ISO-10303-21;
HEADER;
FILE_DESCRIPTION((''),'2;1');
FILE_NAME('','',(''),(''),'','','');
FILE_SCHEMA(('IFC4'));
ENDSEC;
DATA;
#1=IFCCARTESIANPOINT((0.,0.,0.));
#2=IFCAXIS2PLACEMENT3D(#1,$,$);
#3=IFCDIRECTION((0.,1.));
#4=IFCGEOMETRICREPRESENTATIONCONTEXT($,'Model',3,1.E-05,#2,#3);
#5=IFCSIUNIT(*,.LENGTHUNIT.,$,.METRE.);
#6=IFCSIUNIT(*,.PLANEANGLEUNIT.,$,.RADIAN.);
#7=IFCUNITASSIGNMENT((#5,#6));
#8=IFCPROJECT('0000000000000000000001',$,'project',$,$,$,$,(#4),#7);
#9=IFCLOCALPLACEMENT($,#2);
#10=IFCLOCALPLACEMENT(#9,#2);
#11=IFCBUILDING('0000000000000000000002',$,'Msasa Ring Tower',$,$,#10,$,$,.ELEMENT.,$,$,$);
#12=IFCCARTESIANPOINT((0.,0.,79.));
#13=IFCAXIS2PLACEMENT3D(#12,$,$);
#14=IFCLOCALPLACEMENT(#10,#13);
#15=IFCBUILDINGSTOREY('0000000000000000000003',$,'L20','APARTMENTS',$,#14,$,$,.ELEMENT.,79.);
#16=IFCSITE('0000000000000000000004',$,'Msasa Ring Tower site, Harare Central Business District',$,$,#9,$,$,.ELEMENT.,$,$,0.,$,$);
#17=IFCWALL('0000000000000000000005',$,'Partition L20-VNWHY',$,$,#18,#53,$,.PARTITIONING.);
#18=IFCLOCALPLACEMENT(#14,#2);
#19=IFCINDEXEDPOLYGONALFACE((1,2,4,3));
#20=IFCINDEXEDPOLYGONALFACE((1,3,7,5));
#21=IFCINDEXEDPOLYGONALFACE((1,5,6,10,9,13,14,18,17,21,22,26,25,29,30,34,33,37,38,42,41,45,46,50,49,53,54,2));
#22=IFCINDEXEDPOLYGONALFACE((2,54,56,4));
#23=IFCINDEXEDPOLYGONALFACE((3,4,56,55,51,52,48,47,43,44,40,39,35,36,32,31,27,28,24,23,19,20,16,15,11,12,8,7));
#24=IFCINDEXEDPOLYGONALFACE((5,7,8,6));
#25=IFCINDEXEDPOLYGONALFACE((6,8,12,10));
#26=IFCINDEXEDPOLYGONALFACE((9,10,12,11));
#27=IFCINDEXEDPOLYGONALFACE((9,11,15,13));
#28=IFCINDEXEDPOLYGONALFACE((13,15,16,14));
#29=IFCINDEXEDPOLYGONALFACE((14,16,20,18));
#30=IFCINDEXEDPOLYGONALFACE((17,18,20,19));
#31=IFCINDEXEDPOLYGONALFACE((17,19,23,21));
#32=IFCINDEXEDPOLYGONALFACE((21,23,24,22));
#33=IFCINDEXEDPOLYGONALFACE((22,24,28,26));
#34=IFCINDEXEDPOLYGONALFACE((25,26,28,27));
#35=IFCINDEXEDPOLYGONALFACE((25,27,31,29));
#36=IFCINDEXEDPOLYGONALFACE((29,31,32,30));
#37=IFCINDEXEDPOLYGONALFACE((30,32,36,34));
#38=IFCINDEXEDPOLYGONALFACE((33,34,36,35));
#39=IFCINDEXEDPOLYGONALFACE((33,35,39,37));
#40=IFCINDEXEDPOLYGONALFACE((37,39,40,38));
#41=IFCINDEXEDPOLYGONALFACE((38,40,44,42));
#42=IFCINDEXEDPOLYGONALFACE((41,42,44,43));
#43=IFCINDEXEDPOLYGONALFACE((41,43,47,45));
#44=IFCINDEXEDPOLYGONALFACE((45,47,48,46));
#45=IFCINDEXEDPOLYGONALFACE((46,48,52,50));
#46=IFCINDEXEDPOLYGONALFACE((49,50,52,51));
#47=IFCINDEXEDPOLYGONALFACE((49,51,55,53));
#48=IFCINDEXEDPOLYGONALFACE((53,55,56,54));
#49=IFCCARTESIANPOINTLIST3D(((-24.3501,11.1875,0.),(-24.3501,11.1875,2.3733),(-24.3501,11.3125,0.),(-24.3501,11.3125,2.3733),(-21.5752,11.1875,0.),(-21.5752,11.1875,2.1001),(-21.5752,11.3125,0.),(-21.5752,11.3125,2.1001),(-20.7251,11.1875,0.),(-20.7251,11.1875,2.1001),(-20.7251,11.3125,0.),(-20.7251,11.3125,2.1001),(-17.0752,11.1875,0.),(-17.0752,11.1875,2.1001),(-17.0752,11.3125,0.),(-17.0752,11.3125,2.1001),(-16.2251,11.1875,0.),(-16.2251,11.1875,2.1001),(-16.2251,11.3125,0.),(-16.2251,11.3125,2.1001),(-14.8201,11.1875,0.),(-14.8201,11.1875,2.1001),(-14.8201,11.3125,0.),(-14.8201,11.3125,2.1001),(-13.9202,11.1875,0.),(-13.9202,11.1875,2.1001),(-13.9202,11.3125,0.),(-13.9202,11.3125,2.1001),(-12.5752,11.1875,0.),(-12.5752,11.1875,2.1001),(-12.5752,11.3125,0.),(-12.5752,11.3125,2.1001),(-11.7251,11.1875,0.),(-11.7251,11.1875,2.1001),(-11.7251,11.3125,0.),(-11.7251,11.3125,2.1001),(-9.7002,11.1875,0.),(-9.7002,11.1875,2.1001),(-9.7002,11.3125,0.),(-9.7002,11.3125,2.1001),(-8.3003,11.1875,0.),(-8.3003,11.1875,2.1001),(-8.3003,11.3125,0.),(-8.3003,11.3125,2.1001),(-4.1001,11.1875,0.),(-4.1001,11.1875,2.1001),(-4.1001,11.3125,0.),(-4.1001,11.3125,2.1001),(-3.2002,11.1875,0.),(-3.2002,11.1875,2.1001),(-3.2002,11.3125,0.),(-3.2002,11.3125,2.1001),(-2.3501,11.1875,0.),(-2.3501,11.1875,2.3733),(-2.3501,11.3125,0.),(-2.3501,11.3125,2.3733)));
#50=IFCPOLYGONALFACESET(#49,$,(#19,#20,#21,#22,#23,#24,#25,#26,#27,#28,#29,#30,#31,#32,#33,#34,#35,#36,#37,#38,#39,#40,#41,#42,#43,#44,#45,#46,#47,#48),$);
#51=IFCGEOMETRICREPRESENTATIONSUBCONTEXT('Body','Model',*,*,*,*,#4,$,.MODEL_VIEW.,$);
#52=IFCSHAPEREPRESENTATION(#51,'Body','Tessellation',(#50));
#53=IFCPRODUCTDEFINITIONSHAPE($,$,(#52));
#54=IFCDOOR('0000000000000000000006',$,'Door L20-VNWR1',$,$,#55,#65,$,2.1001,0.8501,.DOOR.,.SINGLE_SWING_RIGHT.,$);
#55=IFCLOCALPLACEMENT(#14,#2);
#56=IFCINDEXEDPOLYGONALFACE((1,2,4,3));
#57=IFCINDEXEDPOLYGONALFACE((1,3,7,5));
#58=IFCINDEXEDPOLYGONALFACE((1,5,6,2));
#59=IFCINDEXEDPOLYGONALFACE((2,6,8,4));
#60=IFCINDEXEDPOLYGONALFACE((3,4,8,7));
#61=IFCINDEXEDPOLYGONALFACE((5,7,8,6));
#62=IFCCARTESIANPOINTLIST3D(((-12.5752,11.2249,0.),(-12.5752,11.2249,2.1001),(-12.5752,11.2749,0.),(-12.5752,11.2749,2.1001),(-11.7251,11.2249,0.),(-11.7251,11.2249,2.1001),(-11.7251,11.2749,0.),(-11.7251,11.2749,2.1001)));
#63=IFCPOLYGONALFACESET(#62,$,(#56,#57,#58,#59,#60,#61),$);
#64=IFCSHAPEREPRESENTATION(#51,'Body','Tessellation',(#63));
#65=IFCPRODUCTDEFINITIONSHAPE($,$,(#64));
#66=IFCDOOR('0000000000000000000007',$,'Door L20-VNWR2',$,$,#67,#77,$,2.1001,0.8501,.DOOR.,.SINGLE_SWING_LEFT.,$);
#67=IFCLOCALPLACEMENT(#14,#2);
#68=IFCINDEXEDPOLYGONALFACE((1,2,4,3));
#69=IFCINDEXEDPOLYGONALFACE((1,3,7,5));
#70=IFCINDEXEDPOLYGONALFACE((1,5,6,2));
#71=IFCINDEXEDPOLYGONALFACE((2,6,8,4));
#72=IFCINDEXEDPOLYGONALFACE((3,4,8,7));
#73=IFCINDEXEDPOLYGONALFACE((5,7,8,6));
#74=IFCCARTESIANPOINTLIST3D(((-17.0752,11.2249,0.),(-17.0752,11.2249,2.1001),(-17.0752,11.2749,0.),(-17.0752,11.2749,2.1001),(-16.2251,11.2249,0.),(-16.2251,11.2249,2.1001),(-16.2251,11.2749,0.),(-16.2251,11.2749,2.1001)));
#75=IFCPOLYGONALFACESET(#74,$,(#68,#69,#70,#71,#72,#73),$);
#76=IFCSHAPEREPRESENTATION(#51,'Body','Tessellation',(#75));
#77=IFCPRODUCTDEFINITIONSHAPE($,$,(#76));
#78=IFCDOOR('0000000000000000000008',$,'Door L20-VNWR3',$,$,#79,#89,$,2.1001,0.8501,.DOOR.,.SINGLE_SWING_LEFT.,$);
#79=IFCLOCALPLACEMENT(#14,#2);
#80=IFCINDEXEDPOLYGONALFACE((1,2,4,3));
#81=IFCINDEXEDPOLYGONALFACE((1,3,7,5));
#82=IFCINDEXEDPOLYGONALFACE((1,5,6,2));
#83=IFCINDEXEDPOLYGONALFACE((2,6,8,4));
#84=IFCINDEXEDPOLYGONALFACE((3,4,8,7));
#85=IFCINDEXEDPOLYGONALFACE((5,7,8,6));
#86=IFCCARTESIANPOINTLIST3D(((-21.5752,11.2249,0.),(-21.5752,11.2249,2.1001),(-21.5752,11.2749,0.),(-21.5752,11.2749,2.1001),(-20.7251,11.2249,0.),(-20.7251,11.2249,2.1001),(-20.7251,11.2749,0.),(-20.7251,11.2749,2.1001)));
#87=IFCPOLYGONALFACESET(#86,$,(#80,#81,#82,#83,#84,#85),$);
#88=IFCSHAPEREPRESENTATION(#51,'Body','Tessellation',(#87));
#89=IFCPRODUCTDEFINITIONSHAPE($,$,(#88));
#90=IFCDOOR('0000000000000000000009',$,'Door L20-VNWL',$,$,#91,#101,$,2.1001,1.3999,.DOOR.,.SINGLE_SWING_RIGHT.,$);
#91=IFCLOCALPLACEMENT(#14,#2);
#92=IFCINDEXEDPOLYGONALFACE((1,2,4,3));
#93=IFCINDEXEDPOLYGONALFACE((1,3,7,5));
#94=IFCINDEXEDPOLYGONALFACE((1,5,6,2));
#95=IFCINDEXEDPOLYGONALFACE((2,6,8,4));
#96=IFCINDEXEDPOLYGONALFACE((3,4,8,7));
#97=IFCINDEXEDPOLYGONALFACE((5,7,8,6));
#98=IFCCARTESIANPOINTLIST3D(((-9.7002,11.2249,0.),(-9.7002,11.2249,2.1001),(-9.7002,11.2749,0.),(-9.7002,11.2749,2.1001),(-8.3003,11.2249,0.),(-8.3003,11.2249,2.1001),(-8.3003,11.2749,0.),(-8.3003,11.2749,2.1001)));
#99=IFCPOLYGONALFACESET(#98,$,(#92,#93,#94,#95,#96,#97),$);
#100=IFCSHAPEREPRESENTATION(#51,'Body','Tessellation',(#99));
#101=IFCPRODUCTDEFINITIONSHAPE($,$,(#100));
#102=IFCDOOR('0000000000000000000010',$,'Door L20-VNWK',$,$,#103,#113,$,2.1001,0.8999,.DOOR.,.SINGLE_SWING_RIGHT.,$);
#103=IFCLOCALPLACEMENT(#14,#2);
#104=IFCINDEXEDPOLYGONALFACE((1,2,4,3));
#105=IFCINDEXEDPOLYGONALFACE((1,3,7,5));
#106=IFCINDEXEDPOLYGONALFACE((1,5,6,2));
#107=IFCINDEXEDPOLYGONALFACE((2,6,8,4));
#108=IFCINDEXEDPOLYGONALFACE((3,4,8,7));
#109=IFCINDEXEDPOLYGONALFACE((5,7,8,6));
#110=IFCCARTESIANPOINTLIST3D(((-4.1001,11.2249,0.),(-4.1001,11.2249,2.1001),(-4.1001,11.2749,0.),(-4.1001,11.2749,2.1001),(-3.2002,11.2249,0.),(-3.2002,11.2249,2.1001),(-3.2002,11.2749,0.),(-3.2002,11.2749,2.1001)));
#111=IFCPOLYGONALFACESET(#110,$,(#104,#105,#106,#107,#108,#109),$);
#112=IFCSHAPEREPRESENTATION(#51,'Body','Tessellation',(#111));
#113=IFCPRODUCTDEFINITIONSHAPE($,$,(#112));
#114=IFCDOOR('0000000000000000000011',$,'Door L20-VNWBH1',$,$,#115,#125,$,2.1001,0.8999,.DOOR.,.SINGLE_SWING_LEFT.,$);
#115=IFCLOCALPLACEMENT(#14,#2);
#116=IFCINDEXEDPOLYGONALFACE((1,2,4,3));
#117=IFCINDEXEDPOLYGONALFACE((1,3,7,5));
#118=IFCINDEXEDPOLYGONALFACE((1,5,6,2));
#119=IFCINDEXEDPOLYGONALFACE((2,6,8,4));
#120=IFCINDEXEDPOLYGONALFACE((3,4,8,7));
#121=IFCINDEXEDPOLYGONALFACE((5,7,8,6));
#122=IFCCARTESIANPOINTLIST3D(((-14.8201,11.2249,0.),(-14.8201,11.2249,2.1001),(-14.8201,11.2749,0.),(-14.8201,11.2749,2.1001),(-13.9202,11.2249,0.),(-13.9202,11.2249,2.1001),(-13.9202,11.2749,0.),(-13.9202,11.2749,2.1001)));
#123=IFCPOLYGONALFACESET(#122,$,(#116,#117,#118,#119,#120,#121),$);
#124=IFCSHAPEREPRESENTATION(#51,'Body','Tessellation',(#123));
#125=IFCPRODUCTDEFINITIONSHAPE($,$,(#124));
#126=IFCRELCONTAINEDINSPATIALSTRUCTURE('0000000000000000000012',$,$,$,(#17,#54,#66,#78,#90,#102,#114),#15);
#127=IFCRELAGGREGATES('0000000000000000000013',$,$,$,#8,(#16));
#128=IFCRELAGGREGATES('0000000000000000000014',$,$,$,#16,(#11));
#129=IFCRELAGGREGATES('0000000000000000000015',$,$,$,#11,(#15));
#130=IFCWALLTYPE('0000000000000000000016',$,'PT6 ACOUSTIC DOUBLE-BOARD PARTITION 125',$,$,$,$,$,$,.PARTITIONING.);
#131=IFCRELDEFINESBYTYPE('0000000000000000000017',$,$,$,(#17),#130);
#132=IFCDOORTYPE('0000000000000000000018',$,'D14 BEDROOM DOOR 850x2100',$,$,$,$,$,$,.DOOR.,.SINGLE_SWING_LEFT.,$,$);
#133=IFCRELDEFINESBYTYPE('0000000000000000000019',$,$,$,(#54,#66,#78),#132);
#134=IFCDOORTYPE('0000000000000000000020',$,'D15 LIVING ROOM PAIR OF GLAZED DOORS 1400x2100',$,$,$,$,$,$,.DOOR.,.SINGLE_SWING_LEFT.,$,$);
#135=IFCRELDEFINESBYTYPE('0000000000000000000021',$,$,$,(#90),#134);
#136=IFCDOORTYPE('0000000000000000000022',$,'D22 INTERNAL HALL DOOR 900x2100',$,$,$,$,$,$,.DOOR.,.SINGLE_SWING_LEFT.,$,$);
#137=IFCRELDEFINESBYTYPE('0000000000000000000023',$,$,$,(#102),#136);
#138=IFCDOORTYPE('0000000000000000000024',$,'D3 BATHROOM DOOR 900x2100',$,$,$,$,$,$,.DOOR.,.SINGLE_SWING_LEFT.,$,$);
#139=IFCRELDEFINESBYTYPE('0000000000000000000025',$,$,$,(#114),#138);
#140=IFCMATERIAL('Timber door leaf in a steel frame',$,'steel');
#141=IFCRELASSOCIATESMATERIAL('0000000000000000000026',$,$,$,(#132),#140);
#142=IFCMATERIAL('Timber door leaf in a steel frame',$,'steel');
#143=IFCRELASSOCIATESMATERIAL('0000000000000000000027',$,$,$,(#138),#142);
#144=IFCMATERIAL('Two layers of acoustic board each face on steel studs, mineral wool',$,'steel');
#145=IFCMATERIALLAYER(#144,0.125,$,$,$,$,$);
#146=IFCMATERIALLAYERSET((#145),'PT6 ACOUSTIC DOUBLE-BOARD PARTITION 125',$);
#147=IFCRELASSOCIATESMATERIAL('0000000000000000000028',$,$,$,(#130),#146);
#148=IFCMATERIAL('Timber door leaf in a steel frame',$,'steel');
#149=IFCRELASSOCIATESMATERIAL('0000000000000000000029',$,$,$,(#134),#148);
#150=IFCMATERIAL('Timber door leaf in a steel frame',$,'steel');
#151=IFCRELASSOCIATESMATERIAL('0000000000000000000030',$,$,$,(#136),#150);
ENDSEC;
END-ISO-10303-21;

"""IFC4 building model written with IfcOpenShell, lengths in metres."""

from ifc_helpers import new_model, si_unit, direction, frame, frame_2d, origin, place, context, subcontext, project, spatial, rectangle, extrude, material, layer, layer_set, type_object, element, fill, save


model = new_model("IFC4")

# Units and contexts
model_context = context("Model", 3, precision=1e-05, world=origin(), true_north=direction((0.0, 1.0)))
body_context = subcontext(model_context, "Body", "Model", "MODEL_VIEW")
ifc_project = project(units=[si_unit("LENGTHUNIT", "METRE"), si_unit("PLANEANGLEUNIT", "RADIAN")], contexts=[model_context])

# Site, building, storey
site_placement = place(None, origin())
site = spatial("IfcSite", under=ifc_project, at=site_placement, Name="Msasa Ring Tower site, Harare Central Business District", CompositionType="ELEMENT", RefElevation=0.0)
building_placement = place(site_placement, origin())
building = spatial("IfcBuilding", under=site, at=building_placement, Name="Msasa Ring Tower", CompositionType="ELEMENT")
storey_placement = place(building_placement, frame((0.0, 0.0, 79.0)))
storey = spatial("IfcBuildingStorey", under=building, at=storey_placement, Name="L20", Description="APARTMENTS", CompositionType="ELEMENT", Elevation=79.0)

# Shared definitions
ifc_material_1 = material(Name="Timber door leaf in a steel frame", Category="steel")
door_type_1 = type_object("IfcDoorType", Name="D14 BEDROOM DOOR 850x2100", OperationType="SINGLE_SWING_LEFT", PredefinedType="DOOR", material=ifc_material_1)
ifc_material_2 = material(Name="Timber door leaf in a steel frame", Category="steel")
door_type_2 = type_object("IfcDoorType", Name="D3 BATHROOM DOOR 900x2100", OperationType="SINGLE_SWING_LEFT", PredefinedType="DOOR", material=ifc_material_2)

# Wall, openings, doors
ifc_material_3 = material(Name="Two layers of acoustic board each face on steel studs, mineral wool", Category="steel")
ifc_layer_1 = layer(ifc_material_3, 0.125)
ifc_layer_set_1 = layer_set([ifc_layer_1], Name="PT6 ACOUSTIC DOUBLE-BOARD PARTITION 125")
wall_type_1 = type_object("IfcWallType", Name="PT6 ACOUSTIC DOUBLE-BOARD PARTITION 125", PredefinedType="PARTITIONING", material=ifc_layer_set_1)
wall_1_placement = place(storey_placement, frame((-24.3501, 11.25, 0.0), z_axis=(0.0, 0.0, 1.0), x_axis=(1.0, 0.0, 0.0)))
wall_1 = element("IfcWall", 1, at=wall_1_placement, inside=storey, type_object=wall_type_1, Name="Partition L20-VNWHY", PredefinedType="PARTITIONING", context=body_context, shape_type="SweptSolid", body=[
    extrude(rectangle(XDim=22.0, YDim=0.125, at=frame_2d((11.0, 0.0))), origin(), (0.0, 0.0, 1.0), 2.3733),
])
opening_1_placement = place(wall_1_placement, frame((20.25, 0.0, 0.0)))
opening_1 = element("IfcOpeningElement", 2, at=opening_1_placement, cuts=wall_1, PredefinedType="OPENING", context=body_context, shape_type="SweptSolid", body=[
    extrude(rectangle(XDim=0.8999, YDim=2.1001, at=frame_2d((0.45, 1.05))), frame((0.0, 0.0725, 0.0), z_axis=(0.0, -1.0, 0.0), x_axis=(1.0, 0.0, 0.0)), (0.0, 0.0, 1.0), 0.145),
])
opening_2_placement = place(wall_1_placement, frame((14.6499, 0.0, 0.0)))
opening_2 = element("IfcOpeningElement", 3, at=opening_2_placement, cuts=wall_1, PredefinedType="OPENING", context=body_context, shape_type="SweptSolid", body=[
    extrude(rectangle(XDim=1.3999, YDim=2.1001, at=frame_2d((0.7, 1.05))), frame((0.0, 0.0725, 0.0), z_axis=(0.0, -1.0, 0.0), x_axis=(1.0, 0.0, 0.0)), (0.0, 0.0, 1.0), 0.145),
])
opening_3_placement = place(wall_1_placement, frame((11.7749, 0.0, 0.0)))
opening_3 = element("IfcOpeningElement", 4, at=opening_3_placement, cuts=wall_1, PredefinedType="OPENING", context=body_context, shape_type="SweptSolid", body=[
    extrude(rectangle(XDim=0.8501, YDim=2.1001, at=frame_2d((0.425, 1.05))), frame((0.0, 0.0725, 0.0), z_axis=(0.0, -1.0, 0.0), x_axis=(1.0, 0.0, 0.0)), (0.0, 0.0, 1.0), 0.145),
])
opening_4_placement = place(wall_1_placement, frame((9.53, 0.0, 0.0)))
opening_4 = element("IfcOpeningElement", 5, at=opening_4_placement, cuts=wall_1, PredefinedType="OPENING", context=body_context, shape_type="SweptSolid", body=[
    extrude(rectangle(XDim=0.8999, YDim=2.1001, at=frame_2d((0.45, 1.05))), frame((0.0, 0.0725, 0.0), z_axis=(0.0, -1.0, 0.0), x_axis=(1.0, 0.0, 0.0)), (0.0, 0.0, 1.0), 0.145),
])
opening_5_placement = place(wall_1_placement, frame((7.2749, 0.0, 0.0)))
opening_5 = element("IfcOpeningElement", 6, at=opening_5_placement, cuts=wall_1, PredefinedType="OPENING", context=body_context, shape_type="SweptSolid", body=[
    extrude(rectangle(XDim=0.8501, YDim=2.1001, at=frame_2d((0.425, 1.05))), frame((0.0, 0.0725, 0.0), z_axis=(0.0, -1.0, 0.0), x_axis=(1.0, 0.0, 0.0)), (0.0, 0.0, 1.0), 0.145),
])
opening_6_placement = place(wall_1_placement, frame((2.7749, 0.0, 0.0)))
opening_6 = element("IfcOpeningElement", 7, at=opening_6_placement, cuts=wall_1, PredefinedType="OPENING", context=body_context, shape_type="SweptSolid", body=[
    extrude(rectangle(XDim=0.8501, YDim=2.1001, at=frame_2d((0.425, 1.05))), frame((0.0, 0.0725, 0.0), z_axis=(0.0, -1.0, 0.0), x_axis=(1.0, 0.0, 0.0)), (0.0, 0.0, 1.0), 0.145),
])
door_1_placement = place(opening_3_placement, origin())
door_1 = element("IfcDoor", 8, at=door_1_placement, inside=storey, type_object=door_type_1, Name="Door L20-VNWR1", OperationType="SINGLE_SWING_RIGHT", OverallHeight=2.1001, OverallWidth=0.8501, PredefinedType="DOOR", context=body_context, shape_type="SweptSolid", body=[
    extrude(rectangle(XDim=0.8501, YDim=2.1001, at=frame_2d((0.425, 1.05))), frame((0.0, 0.0249, 0.0), z_axis=(0.0, -1.0, 0.0), x_axis=(1.0, 0.0, 0.0)), (0.0, 0.0, 1.0), 0.05),
])
fill(opening_3, door_1)
door_2_placement = place(opening_5_placement, origin())
door_2 = element("IfcDoor", 9, at=door_2_placement, inside=storey, type_object=door_type_1, Name="Door L20-VNWR2", OperationType="SINGLE_SWING_LEFT", OverallHeight=2.1001, OverallWidth=0.8501, PredefinedType="DOOR", context=body_context, shape_type="SweptSolid", body=[
    extrude(rectangle(XDim=0.8501, YDim=2.1001, at=frame_2d((0.425, 1.05))), frame((0.0, 0.0249, 0.0), z_axis=(0.0, -1.0, 0.0), x_axis=(1.0, 0.0, 0.0)), (0.0, 0.0, 1.0), 0.05),
])
fill(opening_5, door_2)
door_3_placement = place(opening_6_placement, origin())
door_3 = element("IfcDoor", 10, at=door_3_placement, inside=storey, type_object=door_type_1, Name="Door L20-VNWR3", OperationType="SINGLE_SWING_LEFT", OverallHeight=2.1001, OverallWidth=0.8501, PredefinedType="DOOR", context=body_context, shape_type="SweptSolid", body=[
    extrude(rectangle(XDim=0.8501, YDim=2.1001, at=frame_2d((0.425, 1.05))), frame((0.0, 0.0249, 0.0), z_axis=(0.0, -1.0, 0.0), x_axis=(1.0, 0.0, 0.0)), (0.0, 0.0, 1.0), 0.05),
])
fill(opening_6, door_3)
ifc_material_4 = material(Name="Timber door leaf in a steel frame", Category="steel")
door_type_3 = type_object("IfcDoorType", Name="D15 LIVING ROOM PAIR OF GLAZED DOORS 1400x2100", OperationType="SINGLE_SWING_LEFT", PredefinedType="DOOR", material=ifc_material_4)
door_4_placement = place(opening_2_placement, origin())
door_4 = element("IfcDoor", 11, at=door_4_placement, inside=storey, type_object=door_type_3, Name="Door L20-VNWL", OperationType="SINGLE_SWING_RIGHT", OverallHeight=2.1001, OverallWidth=1.3999, PredefinedType="DOOR", context=body_context, shape_type="SweptSolid", body=[
    extrude(rectangle(XDim=1.3999, YDim=2.1001, at=frame_2d((0.7, 1.05))), frame((0.0, 0.0249, 0.0), z_axis=(0.0, -1.0, 0.0), x_axis=(1.0, 0.0, 0.0)), (0.0, 0.0, 1.0), 0.05),
])
fill(opening_2, door_4)
ifc_material_5 = material(Name="Timber door leaf in a steel frame", Category="steel")
door_type_4 = type_object("IfcDoorType", Name="D22 INTERNAL HALL DOOR 900x2100", OperationType="SINGLE_SWING_LEFT", PredefinedType="DOOR", material=ifc_material_5)
door_5_placement = place(opening_1_placement, origin())
door_5 = element("IfcDoor", 12, at=door_5_placement, inside=storey, type_object=door_type_4, Name="Door L20-VNWK", OperationType="SINGLE_SWING_RIGHT", OverallHeight=2.1001, OverallWidth=0.8999, PredefinedType="DOOR", context=body_context, shape_type="SweptSolid", body=[
    extrude(rectangle(XDim=0.8999, YDim=2.1001, at=frame_2d((0.45, 1.05))), frame((0.0, 0.0249, 0.0), z_axis=(0.0, -1.0, 0.0), x_axis=(1.0, 0.0, 0.0)), (0.0, 0.0, 1.0), 0.05),
])
fill(opening_1, door_5)
door_6_placement = place(opening_4_placement, origin())
door_6 = element("IfcDoor", 13, at=door_6_placement, inside=storey, type_object=door_type_2, Name="Door L20-VNWBH1", OperationType="SINGLE_SWING_LEFT", OverallHeight=2.1001, OverallWidth=0.8999, PredefinedType="DOOR", context=body_context, shape_type="SweptSolid", body=[
    extrude(rectangle(XDim=0.8999, YDim=2.1001, at=frame_2d((0.45, 1.05))), frame((0.0, 0.0249, 0.0), z_axis=(0.0, -1.0, 0.0), x_axis=(1.0, 0.0, 0.0)), (0.0, 0.0, 1.0), 0.05),
])
fill(opening_4, door_6)

save(model, "model.ifc")
